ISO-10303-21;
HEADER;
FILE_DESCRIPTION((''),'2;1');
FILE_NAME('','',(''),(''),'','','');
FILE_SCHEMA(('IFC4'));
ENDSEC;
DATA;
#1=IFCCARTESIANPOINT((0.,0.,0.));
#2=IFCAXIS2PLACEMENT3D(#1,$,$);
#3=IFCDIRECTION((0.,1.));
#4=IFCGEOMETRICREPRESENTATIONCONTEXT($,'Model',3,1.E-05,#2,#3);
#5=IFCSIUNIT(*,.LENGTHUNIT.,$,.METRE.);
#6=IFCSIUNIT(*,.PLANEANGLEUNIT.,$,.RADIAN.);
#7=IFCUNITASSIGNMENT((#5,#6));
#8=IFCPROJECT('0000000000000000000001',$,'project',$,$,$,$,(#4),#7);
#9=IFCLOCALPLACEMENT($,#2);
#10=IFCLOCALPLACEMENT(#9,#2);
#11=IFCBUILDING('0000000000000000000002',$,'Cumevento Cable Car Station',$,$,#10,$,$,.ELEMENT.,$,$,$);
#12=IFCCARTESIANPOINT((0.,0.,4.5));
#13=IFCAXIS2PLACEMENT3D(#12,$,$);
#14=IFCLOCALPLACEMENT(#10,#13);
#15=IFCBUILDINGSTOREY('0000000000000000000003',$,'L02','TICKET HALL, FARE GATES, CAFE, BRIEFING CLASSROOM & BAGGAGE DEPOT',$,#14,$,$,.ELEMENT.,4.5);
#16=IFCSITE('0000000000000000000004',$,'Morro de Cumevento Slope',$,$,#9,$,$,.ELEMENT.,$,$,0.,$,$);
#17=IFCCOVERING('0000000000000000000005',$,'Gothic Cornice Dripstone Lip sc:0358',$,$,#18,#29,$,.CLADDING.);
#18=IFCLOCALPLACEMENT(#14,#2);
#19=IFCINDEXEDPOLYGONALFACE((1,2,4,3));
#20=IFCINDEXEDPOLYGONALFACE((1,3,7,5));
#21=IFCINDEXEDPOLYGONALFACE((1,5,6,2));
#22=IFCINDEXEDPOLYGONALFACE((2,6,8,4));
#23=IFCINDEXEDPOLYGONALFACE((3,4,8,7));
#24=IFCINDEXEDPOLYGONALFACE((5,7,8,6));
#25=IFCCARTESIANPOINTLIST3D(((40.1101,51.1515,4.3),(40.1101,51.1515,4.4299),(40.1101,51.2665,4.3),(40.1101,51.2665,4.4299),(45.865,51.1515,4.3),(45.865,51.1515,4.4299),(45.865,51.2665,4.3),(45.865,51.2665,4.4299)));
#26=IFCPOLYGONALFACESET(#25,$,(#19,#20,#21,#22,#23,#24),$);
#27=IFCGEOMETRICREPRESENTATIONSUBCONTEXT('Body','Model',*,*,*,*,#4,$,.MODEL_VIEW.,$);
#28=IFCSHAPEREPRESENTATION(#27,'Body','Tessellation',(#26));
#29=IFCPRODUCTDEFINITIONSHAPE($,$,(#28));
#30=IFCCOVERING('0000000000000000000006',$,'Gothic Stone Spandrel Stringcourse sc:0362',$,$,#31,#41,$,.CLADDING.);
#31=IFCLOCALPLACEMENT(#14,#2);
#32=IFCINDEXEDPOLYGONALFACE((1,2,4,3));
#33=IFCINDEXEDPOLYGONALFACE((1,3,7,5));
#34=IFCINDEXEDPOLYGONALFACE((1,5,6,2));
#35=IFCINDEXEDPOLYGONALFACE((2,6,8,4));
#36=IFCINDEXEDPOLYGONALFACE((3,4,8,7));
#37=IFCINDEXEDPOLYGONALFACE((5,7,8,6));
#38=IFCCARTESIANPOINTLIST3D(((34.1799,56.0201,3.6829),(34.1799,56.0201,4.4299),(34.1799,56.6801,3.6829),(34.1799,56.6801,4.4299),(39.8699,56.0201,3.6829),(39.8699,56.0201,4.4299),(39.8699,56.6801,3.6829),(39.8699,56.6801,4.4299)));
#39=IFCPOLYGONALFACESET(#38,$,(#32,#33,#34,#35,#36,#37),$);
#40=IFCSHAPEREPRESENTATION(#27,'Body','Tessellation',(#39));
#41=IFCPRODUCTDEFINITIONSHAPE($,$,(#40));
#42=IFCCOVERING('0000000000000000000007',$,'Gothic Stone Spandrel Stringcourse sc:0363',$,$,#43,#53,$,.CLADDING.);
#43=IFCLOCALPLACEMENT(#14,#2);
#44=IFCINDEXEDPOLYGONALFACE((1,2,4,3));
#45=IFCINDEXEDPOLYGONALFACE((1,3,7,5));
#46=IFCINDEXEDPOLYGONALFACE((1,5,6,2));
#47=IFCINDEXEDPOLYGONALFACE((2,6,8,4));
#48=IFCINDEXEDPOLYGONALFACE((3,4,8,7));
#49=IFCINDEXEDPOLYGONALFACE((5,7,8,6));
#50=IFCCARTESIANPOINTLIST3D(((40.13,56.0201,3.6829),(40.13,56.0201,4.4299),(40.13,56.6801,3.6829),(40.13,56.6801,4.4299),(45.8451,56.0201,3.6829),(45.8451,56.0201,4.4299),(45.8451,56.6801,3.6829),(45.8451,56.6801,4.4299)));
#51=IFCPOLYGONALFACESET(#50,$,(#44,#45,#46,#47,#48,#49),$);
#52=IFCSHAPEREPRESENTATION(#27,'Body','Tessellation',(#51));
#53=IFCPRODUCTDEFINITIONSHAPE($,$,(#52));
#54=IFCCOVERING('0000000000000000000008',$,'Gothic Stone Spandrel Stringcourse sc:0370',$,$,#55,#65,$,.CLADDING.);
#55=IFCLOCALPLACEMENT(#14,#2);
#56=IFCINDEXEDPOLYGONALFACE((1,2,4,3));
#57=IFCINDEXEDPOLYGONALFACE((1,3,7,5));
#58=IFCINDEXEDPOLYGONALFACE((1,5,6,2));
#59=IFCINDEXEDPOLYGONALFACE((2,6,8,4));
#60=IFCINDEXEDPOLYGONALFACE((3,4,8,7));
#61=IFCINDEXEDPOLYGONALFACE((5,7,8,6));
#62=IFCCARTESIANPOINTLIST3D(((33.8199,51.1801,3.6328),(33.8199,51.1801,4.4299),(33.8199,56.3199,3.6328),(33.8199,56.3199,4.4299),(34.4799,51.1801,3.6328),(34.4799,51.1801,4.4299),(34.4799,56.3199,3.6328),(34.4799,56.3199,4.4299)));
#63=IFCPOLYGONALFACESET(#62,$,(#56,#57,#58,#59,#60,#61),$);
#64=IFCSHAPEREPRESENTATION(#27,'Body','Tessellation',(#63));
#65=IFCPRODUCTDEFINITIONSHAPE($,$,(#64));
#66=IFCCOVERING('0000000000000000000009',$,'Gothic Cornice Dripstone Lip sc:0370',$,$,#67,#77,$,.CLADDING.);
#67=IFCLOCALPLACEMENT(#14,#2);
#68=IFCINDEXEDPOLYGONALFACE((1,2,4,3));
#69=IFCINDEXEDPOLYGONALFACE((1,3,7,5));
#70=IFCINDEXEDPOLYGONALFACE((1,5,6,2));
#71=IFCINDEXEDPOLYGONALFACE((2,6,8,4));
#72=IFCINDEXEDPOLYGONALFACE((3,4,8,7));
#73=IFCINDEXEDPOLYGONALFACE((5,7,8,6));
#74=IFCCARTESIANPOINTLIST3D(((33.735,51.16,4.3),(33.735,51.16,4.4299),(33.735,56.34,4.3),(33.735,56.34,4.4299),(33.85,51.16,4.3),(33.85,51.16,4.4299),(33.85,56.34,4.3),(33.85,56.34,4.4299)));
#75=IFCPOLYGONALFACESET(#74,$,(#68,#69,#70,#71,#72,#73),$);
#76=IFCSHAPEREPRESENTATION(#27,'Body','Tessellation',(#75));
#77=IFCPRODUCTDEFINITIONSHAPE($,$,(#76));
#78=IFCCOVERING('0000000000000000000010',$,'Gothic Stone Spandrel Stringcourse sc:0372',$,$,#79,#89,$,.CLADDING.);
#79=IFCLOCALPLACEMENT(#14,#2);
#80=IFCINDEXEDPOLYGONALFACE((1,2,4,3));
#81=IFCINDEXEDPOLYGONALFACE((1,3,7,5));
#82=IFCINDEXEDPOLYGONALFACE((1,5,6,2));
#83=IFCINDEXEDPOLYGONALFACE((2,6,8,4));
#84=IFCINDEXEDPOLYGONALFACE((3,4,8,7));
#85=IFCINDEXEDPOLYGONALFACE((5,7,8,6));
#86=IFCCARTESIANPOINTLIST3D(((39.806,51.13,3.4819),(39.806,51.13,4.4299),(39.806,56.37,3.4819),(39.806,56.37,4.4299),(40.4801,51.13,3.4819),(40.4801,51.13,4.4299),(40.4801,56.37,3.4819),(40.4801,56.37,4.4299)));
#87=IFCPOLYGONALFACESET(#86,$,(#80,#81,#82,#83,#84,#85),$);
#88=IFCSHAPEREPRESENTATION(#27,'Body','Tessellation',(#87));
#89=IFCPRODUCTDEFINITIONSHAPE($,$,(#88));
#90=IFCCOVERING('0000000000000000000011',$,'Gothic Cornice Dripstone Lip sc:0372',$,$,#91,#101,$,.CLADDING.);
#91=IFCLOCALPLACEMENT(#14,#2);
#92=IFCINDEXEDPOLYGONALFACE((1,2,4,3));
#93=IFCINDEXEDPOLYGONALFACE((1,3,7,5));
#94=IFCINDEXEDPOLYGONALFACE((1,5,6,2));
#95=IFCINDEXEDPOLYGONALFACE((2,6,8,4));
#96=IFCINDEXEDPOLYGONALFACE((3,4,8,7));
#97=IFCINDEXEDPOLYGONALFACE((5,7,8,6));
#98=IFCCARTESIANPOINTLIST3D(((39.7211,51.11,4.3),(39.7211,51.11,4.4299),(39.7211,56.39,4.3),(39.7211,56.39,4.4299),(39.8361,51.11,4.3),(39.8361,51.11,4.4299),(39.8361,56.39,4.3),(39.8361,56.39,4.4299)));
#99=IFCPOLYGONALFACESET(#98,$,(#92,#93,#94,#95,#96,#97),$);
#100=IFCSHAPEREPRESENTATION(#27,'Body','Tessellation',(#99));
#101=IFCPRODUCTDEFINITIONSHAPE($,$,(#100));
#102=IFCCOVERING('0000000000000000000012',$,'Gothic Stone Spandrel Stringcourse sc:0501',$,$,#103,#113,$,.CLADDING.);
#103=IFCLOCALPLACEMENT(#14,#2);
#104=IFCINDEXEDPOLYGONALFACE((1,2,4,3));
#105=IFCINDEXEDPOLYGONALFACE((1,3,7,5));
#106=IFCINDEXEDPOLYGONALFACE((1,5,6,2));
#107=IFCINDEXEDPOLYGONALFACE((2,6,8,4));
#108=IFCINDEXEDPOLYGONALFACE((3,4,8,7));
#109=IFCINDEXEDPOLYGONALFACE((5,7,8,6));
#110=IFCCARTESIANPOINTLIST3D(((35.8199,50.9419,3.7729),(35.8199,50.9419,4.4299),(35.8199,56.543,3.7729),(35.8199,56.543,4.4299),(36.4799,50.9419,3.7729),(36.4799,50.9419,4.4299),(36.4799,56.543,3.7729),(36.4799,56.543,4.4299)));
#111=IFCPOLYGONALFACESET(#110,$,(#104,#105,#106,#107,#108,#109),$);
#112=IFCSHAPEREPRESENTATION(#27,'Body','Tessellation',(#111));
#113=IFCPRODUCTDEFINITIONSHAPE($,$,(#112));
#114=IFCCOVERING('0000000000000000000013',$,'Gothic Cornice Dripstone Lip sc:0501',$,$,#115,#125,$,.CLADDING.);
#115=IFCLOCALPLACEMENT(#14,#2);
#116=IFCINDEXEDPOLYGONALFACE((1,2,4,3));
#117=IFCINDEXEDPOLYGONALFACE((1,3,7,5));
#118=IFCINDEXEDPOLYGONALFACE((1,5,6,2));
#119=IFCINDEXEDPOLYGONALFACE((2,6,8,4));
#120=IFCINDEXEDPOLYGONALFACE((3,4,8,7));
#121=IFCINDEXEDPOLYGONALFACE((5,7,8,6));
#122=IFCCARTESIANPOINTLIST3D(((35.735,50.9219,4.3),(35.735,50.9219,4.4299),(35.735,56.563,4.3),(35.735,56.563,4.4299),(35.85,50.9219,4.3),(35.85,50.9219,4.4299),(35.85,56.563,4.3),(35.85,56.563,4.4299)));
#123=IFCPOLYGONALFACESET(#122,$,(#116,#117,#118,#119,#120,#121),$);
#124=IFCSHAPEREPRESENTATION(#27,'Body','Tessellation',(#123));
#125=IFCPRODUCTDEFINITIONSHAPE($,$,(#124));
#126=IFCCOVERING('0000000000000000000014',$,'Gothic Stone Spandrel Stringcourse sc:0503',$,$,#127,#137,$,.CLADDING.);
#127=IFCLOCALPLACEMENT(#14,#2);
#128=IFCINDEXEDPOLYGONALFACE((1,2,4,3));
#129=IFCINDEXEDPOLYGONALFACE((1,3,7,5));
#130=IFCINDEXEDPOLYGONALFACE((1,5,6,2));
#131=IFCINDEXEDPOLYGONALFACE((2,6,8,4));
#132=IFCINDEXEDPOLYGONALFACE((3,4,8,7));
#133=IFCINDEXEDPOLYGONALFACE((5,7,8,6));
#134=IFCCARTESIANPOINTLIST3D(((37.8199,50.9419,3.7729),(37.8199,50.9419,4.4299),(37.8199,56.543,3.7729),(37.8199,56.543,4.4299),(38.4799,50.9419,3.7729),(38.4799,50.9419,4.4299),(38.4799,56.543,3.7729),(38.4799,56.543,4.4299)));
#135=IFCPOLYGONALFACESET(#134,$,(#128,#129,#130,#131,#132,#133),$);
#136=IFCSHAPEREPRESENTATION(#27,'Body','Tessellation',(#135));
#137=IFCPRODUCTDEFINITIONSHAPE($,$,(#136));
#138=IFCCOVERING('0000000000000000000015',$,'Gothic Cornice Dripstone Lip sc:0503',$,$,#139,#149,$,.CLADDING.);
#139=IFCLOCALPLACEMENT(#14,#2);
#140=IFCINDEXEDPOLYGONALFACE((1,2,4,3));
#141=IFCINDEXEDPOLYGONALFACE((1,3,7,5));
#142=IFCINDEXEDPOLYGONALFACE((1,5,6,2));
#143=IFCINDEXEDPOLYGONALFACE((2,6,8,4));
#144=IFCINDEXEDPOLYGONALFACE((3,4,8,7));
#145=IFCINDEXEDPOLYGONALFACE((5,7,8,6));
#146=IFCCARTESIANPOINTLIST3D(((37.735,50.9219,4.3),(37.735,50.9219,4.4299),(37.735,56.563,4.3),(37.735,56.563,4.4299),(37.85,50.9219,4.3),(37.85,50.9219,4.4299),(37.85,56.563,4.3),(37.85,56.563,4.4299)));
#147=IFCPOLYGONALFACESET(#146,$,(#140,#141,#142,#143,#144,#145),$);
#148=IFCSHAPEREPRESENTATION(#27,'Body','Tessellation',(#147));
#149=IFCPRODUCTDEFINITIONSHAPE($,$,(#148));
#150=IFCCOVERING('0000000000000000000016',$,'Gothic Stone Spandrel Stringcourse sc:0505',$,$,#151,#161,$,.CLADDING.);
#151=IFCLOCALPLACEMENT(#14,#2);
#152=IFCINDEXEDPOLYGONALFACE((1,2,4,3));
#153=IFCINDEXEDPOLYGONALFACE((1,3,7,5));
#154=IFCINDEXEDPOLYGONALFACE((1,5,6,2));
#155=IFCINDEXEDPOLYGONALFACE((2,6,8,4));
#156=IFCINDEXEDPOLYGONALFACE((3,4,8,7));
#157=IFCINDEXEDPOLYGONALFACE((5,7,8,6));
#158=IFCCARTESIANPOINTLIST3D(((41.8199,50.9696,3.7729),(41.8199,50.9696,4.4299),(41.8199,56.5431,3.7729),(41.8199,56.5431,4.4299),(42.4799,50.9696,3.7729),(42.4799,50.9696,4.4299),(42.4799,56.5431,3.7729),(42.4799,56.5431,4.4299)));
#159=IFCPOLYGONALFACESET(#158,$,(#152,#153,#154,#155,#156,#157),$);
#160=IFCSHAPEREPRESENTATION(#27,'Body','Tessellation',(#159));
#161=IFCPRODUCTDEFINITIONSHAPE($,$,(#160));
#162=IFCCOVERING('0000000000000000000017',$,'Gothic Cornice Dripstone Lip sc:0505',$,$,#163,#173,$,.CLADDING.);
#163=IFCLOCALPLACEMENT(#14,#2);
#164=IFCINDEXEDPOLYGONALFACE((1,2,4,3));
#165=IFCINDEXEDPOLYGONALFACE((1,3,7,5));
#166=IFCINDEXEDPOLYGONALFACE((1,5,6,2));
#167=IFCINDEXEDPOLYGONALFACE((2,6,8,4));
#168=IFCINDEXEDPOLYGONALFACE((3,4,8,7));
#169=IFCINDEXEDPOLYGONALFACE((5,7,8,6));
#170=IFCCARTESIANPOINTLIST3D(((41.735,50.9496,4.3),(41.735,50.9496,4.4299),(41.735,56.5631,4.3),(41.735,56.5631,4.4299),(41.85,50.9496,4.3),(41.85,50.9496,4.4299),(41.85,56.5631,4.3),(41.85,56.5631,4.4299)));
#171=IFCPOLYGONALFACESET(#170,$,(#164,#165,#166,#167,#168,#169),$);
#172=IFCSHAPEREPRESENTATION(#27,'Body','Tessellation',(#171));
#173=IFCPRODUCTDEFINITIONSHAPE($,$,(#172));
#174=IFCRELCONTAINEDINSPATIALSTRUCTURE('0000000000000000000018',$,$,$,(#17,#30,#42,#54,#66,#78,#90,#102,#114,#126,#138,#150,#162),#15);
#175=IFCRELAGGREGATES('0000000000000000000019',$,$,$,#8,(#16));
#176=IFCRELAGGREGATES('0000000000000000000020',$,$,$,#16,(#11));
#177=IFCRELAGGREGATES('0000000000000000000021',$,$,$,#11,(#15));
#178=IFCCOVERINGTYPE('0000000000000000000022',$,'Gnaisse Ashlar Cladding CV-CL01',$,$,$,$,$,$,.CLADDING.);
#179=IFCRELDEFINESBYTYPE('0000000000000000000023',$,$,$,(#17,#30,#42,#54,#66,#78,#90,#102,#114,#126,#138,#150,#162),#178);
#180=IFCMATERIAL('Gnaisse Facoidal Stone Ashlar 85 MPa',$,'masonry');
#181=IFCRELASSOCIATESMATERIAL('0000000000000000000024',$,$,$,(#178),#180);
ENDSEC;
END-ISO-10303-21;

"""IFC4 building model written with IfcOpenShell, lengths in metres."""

from ifc_helpers import new_model, si_unit, direction, frame, origin, origin_2d, place, context, subcontext, project, spatial, rectangle, extrude, material, type_object, element, save


model = new_model("IFC4")

# Units and contexts
model_context = context("Model", 3, precision=1e-05, world=origin(), true_north=direction((0.0, 1.0)))
body_context = subcontext(model_context, "Body", "Model", "MODEL_VIEW")
ifc_project = project(units=[si_unit("LENGTHUNIT", "METRE"), si_unit("PLANEANGLEUNIT", "RADIAN")], contexts=[model_context])

# Site, building, storey
site_placement = place(None, origin())
site = spatial("IfcSite", under=ifc_project, at=site_placement, Name="Morro de Cumevento Slope", CompositionType="ELEMENT", RefElevation=0.0)
building_placement = place(site_placement, origin())
building = spatial("IfcBuilding", under=site, at=building_placement, Name="Cumevento Cable Car Station", CompositionType="ELEMENT")
storey_placement = place(building_placement, frame((0.0, 0.0, 4.5)))
storey = spatial("IfcBuildingStorey", under=building, at=storey_placement, Name="L02", Description="TICKET HALL, FARE GATES, CAFE, BRIEFING CLASSROOM & BAGGAGE DEPOT", CompositionType="ELEMENT", Elevation=4.5)

# Coverings
ifc_material_1 = material(Name="Gnaisse Facoidal Stone Ashlar 85 MPa", Category="masonry")
covering_type = type_object("IfcCoveringType", Name="Gnaisse Ashlar Cladding CV-CL01", PredefinedType="CLADDING", material=ifc_material_1)
covering_1_placement = place(storey_placement, frame((42.9875, 51.209, 4.3), z_axis=(0.0, 0.0, 1.0), x_axis=(1.0, 0.0, 0.0)))
element("IfcCovering", 1, at=covering_1_placement, inside=storey, type_object=covering_type, Name="Gothic Cornice Dripstone Lip sc:0358", PredefinedType="CLADDING", context=body_context, shape_type="SweptSolid", body=[
    extrude(rectangle(XDim=5.7549, YDim=0.115, at=origin_2d()), origin(), (0.0, 0.0, 1.0), 0.1299),
])
covering_2_placement = place(storey_placement, frame((37.0249, 56.3501, 3.6829), z_axis=(0.0, 0.0, 1.0), x_axis=(1.0, 0.0, 0.0)))
element("IfcCovering", 2, at=covering_2_placement, inside=storey, type_object=covering_type, Name="Gothic Stone Spandrel Stringcourse sc:0362", PredefinedType="CLADDING", context=body_context, shape_type="SweptSolid", body=[
    extrude(rectangle(XDim=5.6899, YDim=0.6599, at=origin_2d()), origin(), (0.0, 0.0, 1.0), 0.7471),
])
covering_3_placement = place(storey_placement, frame((42.9875, 56.3501, 3.6829), z_axis=(0.0, 0.0, 1.0), x_axis=(1.0, 0.0, 0.0)))
element("IfcCovering", 3, at=covering_3_placement, inside=storey, type_object=covering_type, Name="Gothic Stone Spandrel Stringcourse sc:0363", PredefinedType="CLADDING", context=body_context, shape_type="SweptSolid", body=[
    extrude(rectangle(XDim=5.7151, YDim=0.6599, at=origin_2d()), origin(), (0.0, 0.0, 1.0), 0.7471),
])
covering_4_placement = place(storey_placement, frame((34.1499, 53.75, 3.6328), z_axis=(0.0, 0.0, 1.0), x_axis=(0.0, 1.0, 0.0)))
element("IfcCovering", 4, at=covering_4_placement, inside=storey, type_object=covering_type, Name="Gothic Stone Spandrel Stringcourse sc:0370", PredefinedType="CLADDING", context=body_context, shape_type="SweptSolid", body=[
    extrude(rectangle(XDim=5.1399, YDim=0.6599, at=origin_2d()), origin(), (0.0, 0.0, 1.0), 0.7971),
])
covering_5_placement = place(storey_placement, frame((33.7925, 53.75, 4.3), z_axis=(0.0, 0.0, 1.0), x_axis=(0.0, 1.0, 0.0)))
element("IfcCovering", 5, at=covering_5_placement, inside=storey, type_object=covering_type, Name="Gothic Cornice Dripstone Lip sc:0370", PredefinedType="CLADDING", context=body_context, shape_type="SweptSolid", body=[
    extrude(rectangle(XDim=5.1799, YDim=0.115, at=origin_2d()), origin(), (0.0, 0.0, 1.0), 0.1299),
])
covering_6_placement = place(storey_placement, frame((40.1431, 53.75, 3.4819), z_axis=(0.0, 0.0, 1.0), x_axis=(0.0, 1.0, 0.0)))
element("IfcCovering", 6, at=covering_6_placement, inside=storey, type_object=covering_type, Name="Gothic Stone Spandrel Stringcourse sc:0372", PredefinedType="CLADDING", context=body_context, shape_type="SweptSolid", body=[
    extrude(rectangle(XDim=5.24, YDim=0.6741, at=origin_2d()), origin(), (0.0, 0.0, 1.0), 0.948),
])
covering_7_placement = place(storey_placement, frame((39.7786, 53.75, 4.3), z_axis=(0.0, 0.0, 1.0), x_axis=(0.0, 1.0, 0.0)))
element("IfcCovering", 7, at=covering_7_placement, inside=storey, type_object=covering_type, Name="Gothic Cornice Dripstone Lip sc:0372", PredefinedType="CLADDING", context=body_context, shape_type="SweptSolid", body=[
    extrude(rectangle(XDim=5.28, YDim=0.115, at=origin_2d()), origin(), (0.0, 0.0, 1.0), 0.1299),
])
covering_8_placement = place(storey_placement, frame((36.1499, 53.7424, 3.7729), z_axis=(0.0, 0.0, 1.0), x_axis=(0.0, 1.0, 0.0)))
element("IfcCovering", 8, at=covering_8_placement, inside=storey, type_object=covering_type, Name="Gothic Stone Spandrel Stringcourse sc:0501", PredefinedType="CLADDING", context=body_context, shape_type="SweptSolid", body=[
    extrude(rectangle(XDim=5.6011, YDim=0.6599, at=origin_2d()), origin(), (0.0, 0.0, 1.0), 0.657),
])
covering_9_placement = place(storey_placement, frame((35.7925, 53.7424, 4.3), z_axis=(0.0, 0.0, 1.0), x_axis=(0.0, 1.0, 0.0)))
element("IfcCovering", 9, at=covering_9_placement, inside=storey, type_object=covering_type, Name="Gothic Cornice Dripstone Lip sc:0501", PredefinedType="CLADDING", context=body_context, shape_type="SweptSolid", body=[
    extrude(rectangle(XDim=5.6411, YDim=0.115, at=origin_2d()), origin(), (0.0, 0.0, 1.0), 0.1299),
])
covering_10_placement = place(storey_placement, frame((38.1499, 53.7424, 3.7729), z_axis=(0.0, 0.0, 1.0), x_axis=(0.0, 1.0, 0.0)))
element("IfcCovering", 10, at=covering_10_placement, inside=storey, type_object=covering_type, Name="Gothic Stone Spandrel Stringcourse sc:0503", PredefinedType="CLADDING", context=body_context, shape_type="SweptSolid", body=[
    extrude(rectangle(XDim=5.6011, YDim=0.6599, at=origin_2d()), origin(), (0.0, 0.0, 1.0), 0.657),
])
covering_11_placement = place(storey_placement, frame((37.7925, 53.7424, 4.3), z_axis=(0.0, 0.0, 1.0), x_axis=(0.0, 1.0, 0.0)))
element("IfcCovering", 11, at=covering_11_placement, inside=storey, type_object=covering_type, Name="Gothic Cornice Dripstone Lip sc:0503", PredefinedType="CLADDING", context=body_context, shape_type="SweptSolid", body=[
    extrude(rectangle(XDim=5.6411, YDim=0.115, at=origin_2d()), origin(), (0.0, 0.0, 1.0), 0.1299),
])
covering_12_placement = place(storey_placement, frame((42.1499, 53.7563, 3.7729), z_axis=(0.0, 0.0, 1.0), x_axis=(0.0, 1.0, 0.0)))
element("IfcCovering", 12, at=covering_12_placement, inside=storey, type_object=covering_type, Name="Gothic Stone Spandrel Stringcourse sc:0505", PredefinedType="CLADDING", context=body_context, shape_type="SweptSolid", body=[
    extrude(rectangle(XDim=5.5735, YDim=0.6599, at=origin_2d()), origin(), (0.0, 0.0, 1.0), 0.657),
])
covering_13_placement = place(storey_placement, frame((41.7925, 53.7563, 4.3), z_axis=(0.0, 0.0, 1.0), x_axis=(0.0, 1.0, 0.0)))
element("IfcCovering", 13, at=covering_13_placement, inside=storey, type_object=covering_type, Name="Gothic Cornice Dripstone Lip sc:0505", PredefinedType="CLADDING", context=body_context, shape_type="SweptSolid", body=[
    extrude(rectangle(XDim=5.6135, YDim=0.115, at=origin_2d()), origin(), (0.0, 0.0, 1.0), 0.1299),
])

save(model, "model.ifc")
